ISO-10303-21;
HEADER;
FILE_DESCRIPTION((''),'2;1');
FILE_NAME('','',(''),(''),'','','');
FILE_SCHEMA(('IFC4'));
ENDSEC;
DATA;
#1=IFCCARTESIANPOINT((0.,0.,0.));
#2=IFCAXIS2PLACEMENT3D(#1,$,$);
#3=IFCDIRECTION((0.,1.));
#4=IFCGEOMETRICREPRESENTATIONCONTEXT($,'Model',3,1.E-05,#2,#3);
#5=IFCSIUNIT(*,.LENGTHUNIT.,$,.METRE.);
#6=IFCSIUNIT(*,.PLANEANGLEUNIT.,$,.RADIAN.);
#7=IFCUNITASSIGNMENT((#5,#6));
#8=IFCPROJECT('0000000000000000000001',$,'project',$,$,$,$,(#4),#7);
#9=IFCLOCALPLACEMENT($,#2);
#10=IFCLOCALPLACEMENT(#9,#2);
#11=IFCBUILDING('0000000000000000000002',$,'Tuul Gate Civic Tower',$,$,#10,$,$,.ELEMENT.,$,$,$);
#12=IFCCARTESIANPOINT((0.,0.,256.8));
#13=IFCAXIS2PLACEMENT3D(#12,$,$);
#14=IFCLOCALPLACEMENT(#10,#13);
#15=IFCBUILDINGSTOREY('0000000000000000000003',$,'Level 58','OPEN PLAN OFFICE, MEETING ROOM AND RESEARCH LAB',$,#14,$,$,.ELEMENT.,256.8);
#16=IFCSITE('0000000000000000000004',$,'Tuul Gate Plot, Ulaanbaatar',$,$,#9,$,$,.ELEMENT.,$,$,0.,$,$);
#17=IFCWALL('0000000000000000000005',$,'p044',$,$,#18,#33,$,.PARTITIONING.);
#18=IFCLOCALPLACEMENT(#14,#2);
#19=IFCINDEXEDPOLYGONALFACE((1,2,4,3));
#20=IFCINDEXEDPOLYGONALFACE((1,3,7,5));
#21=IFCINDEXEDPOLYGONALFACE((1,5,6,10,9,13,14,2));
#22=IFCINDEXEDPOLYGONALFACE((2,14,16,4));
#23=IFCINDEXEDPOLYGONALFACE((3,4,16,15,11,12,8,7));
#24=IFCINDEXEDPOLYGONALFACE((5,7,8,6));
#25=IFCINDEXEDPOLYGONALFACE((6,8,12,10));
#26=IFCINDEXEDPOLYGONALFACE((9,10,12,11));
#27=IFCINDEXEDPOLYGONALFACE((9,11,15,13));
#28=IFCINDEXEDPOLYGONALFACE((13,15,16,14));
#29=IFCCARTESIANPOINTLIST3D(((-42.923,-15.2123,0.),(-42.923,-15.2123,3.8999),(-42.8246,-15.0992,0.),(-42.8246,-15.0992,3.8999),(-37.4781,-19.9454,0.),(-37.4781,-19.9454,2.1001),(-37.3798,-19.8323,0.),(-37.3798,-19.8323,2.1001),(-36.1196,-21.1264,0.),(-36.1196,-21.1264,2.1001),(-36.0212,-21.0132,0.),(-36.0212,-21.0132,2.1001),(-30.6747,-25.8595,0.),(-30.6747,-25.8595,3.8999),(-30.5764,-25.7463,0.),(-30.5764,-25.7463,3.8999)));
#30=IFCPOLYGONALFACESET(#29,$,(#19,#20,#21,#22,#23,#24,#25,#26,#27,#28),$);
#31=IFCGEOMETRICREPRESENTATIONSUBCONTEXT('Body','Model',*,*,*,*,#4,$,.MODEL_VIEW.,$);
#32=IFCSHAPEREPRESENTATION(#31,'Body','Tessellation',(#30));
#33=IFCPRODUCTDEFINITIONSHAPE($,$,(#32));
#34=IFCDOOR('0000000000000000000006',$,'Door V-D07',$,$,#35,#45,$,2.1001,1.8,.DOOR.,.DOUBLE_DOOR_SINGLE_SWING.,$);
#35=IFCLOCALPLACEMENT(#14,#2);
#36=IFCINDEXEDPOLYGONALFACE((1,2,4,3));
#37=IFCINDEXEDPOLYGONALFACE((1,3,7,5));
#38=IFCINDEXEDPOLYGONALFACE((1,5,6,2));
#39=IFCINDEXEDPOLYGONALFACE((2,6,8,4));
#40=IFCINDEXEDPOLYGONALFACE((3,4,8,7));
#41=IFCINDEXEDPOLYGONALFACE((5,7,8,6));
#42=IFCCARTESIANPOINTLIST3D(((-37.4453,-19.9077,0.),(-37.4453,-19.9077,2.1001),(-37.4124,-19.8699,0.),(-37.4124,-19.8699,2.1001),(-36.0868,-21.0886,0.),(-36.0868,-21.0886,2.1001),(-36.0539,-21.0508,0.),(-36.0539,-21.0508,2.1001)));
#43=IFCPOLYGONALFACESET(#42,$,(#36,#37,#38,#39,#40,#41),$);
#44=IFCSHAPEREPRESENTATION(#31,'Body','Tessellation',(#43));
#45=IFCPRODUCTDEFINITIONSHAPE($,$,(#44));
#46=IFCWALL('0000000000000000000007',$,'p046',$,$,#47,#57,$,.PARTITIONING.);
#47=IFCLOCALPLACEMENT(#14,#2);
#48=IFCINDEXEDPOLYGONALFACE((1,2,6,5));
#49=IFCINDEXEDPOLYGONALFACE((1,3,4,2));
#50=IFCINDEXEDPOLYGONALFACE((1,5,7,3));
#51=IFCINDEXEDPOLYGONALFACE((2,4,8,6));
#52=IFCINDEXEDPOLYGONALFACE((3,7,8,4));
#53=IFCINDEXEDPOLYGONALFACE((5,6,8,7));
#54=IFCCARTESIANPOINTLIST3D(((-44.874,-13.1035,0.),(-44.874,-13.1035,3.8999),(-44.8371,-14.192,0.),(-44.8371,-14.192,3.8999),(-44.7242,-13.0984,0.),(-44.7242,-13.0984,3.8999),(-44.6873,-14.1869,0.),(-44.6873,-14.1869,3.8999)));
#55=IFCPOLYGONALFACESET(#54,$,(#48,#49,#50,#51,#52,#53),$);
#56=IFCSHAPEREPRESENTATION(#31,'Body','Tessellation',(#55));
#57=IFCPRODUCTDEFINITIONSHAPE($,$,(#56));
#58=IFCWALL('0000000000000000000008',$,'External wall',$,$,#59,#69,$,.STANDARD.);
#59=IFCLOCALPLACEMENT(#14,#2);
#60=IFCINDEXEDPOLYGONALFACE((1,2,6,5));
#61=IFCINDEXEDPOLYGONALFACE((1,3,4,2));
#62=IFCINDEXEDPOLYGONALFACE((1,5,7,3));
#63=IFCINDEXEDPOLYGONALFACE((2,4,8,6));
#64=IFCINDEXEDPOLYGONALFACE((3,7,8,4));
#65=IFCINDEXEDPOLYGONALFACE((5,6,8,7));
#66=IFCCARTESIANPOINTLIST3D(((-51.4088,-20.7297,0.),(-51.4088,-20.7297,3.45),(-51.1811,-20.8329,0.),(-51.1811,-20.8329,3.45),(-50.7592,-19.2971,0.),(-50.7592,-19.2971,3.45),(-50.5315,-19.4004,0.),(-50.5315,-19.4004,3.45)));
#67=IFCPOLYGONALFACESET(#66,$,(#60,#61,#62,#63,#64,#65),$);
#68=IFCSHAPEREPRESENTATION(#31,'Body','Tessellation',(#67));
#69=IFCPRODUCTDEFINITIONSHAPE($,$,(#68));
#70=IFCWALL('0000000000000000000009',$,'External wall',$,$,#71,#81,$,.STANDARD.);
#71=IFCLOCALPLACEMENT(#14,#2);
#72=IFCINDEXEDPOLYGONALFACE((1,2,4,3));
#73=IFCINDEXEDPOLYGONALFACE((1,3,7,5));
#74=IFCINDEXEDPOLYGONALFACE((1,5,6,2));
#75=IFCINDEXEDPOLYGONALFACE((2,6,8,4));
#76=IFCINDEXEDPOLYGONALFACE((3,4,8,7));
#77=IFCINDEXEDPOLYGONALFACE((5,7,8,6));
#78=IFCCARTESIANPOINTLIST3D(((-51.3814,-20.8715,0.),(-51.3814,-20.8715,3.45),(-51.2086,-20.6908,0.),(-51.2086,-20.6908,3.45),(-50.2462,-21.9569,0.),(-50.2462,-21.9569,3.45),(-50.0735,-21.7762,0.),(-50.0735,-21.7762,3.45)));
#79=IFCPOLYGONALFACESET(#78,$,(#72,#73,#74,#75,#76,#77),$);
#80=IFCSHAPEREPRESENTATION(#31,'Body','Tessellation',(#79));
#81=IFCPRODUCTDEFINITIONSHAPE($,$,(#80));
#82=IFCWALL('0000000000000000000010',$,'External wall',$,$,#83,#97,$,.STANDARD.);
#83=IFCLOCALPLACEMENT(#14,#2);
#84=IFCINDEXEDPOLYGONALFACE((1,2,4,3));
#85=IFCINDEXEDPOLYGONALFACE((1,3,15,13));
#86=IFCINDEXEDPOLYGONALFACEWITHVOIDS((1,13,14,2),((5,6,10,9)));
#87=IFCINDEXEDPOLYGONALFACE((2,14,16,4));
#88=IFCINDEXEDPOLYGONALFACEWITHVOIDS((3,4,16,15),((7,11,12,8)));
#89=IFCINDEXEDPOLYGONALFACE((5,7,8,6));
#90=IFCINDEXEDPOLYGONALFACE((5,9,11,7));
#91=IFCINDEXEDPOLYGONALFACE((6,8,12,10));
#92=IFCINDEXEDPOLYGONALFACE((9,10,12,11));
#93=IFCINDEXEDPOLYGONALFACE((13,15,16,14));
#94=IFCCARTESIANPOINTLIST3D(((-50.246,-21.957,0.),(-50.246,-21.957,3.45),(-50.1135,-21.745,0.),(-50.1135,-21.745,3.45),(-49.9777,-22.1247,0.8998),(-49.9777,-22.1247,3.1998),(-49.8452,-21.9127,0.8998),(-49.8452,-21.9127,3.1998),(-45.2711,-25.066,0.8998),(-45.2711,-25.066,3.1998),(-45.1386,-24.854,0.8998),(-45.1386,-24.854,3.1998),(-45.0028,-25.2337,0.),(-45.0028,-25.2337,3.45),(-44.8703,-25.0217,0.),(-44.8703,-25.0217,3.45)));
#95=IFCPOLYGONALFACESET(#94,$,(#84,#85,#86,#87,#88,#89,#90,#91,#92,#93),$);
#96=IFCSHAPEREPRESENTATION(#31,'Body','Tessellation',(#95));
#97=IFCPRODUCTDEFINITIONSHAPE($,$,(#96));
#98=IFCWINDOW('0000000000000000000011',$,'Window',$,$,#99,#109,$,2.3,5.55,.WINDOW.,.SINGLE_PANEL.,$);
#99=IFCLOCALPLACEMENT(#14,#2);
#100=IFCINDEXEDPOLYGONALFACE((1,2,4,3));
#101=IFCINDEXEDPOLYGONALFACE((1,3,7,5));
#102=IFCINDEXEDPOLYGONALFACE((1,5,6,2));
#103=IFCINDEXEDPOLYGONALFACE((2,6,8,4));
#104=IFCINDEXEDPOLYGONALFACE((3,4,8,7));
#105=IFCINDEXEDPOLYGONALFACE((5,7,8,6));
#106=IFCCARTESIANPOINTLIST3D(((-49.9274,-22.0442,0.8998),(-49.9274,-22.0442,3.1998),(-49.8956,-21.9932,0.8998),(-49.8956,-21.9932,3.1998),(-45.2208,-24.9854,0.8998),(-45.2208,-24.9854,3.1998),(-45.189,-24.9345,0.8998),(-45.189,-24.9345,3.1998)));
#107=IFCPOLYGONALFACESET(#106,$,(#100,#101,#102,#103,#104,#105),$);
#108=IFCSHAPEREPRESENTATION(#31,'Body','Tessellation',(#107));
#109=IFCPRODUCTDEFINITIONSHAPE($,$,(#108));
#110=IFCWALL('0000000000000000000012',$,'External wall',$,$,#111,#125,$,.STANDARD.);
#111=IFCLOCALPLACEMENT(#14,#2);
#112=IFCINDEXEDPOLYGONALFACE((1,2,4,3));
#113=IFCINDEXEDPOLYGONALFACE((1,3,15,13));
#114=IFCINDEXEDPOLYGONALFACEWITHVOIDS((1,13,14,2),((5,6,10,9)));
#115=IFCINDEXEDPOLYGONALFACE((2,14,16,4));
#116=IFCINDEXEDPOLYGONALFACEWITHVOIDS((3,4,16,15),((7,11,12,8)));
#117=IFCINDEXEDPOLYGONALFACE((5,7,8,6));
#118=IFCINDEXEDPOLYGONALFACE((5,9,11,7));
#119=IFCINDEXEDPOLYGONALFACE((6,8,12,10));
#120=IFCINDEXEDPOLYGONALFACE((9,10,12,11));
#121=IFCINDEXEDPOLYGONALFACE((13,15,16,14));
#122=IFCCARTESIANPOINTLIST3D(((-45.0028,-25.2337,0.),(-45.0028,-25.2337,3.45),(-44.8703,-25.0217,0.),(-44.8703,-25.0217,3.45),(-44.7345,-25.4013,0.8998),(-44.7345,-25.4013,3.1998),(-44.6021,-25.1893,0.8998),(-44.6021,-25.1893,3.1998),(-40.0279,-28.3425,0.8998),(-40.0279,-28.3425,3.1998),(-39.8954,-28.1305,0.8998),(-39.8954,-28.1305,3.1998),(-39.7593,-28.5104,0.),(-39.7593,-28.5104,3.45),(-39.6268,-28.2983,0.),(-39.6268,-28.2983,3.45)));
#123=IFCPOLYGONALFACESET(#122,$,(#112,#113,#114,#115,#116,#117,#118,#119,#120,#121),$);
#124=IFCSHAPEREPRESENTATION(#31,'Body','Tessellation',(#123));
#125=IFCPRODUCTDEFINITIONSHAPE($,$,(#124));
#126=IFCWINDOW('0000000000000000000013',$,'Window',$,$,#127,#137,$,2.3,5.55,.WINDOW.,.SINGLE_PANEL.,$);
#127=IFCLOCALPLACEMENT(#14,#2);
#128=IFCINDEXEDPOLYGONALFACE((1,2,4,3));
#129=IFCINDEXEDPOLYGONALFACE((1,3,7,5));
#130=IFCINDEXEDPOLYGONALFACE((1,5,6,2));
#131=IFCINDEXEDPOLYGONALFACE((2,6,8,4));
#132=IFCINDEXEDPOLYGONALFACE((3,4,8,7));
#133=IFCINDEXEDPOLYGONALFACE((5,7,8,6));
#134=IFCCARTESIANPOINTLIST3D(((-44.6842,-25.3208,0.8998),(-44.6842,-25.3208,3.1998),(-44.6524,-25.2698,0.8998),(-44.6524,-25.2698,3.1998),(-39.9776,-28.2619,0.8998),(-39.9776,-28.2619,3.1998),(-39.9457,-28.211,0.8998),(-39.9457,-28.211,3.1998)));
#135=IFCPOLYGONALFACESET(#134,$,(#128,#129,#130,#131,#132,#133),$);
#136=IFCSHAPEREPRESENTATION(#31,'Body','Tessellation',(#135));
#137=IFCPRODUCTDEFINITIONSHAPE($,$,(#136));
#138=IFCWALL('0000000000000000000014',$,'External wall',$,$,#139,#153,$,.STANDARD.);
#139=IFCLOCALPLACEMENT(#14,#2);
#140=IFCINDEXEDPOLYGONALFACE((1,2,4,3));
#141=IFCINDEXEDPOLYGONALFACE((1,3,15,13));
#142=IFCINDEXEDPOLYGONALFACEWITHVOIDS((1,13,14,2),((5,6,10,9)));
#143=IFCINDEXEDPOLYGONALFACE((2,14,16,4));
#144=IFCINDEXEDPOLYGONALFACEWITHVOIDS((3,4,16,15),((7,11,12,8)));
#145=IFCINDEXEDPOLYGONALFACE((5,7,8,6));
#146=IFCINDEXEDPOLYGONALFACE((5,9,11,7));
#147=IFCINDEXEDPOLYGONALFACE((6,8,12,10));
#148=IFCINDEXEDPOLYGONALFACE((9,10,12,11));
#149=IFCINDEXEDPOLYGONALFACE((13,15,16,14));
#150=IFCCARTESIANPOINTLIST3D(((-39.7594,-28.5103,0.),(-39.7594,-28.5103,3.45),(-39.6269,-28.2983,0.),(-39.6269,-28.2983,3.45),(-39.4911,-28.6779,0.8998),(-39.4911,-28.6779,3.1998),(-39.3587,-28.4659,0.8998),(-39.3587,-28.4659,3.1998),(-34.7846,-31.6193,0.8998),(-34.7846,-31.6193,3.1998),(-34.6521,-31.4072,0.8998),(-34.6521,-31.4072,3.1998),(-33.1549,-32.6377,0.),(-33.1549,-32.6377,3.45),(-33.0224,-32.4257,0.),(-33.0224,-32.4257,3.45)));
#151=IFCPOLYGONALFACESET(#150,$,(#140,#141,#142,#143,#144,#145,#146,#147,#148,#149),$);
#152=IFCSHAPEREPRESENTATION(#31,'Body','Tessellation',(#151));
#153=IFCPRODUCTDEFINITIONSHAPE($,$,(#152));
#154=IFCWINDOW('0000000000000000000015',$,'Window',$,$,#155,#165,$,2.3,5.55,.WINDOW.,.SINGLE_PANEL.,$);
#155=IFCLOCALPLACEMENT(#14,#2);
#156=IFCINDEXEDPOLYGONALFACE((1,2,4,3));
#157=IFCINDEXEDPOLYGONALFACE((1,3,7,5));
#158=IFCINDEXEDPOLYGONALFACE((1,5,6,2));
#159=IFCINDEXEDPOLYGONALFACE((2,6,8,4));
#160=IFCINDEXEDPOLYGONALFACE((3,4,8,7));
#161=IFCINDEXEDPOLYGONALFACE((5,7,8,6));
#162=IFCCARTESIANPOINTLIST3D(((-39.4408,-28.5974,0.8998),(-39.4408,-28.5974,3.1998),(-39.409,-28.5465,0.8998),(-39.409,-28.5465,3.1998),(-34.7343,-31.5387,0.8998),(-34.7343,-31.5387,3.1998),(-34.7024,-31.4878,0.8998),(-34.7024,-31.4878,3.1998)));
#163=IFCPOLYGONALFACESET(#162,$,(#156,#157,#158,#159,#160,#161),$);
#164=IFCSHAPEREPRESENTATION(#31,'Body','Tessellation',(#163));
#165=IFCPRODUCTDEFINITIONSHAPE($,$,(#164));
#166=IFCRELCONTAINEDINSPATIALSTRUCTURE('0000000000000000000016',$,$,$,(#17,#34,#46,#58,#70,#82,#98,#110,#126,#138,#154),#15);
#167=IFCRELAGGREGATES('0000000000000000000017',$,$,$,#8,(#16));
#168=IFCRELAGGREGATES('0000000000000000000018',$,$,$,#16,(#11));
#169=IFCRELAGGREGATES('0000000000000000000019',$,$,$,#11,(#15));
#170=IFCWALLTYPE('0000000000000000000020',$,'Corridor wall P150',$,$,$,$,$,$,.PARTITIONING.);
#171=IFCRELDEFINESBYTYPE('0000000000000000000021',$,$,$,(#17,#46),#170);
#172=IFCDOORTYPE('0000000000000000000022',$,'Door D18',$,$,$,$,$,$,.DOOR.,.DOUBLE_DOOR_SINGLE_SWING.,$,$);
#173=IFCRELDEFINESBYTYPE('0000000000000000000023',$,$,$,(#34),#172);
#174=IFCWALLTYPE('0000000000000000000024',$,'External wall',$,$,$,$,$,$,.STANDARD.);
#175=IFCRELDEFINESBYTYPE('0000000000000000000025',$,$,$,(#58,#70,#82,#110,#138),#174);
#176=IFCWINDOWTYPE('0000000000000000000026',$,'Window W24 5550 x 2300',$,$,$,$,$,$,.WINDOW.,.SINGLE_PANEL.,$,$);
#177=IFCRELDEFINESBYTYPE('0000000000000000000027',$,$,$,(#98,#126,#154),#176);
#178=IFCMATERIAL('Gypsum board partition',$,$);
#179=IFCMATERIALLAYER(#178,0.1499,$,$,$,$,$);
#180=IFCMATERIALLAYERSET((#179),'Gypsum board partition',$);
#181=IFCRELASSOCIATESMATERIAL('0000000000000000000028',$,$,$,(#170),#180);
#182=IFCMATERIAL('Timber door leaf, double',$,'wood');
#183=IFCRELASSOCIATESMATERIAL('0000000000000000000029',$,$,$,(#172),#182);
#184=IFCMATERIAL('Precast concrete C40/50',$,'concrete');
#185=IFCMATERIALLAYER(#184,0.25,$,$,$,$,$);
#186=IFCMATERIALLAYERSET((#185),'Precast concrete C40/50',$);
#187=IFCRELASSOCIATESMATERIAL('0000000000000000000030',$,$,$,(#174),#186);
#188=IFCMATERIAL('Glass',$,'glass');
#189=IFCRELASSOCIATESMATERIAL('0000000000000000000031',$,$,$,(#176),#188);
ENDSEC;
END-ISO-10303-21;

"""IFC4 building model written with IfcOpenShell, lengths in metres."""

from ifc_helpers import new_model, si_unit, direction, frame, frame_2d, origin, place, context, subcontext, project, spatial, rectangle, extrude, material, layer, layer_set, type_object, element, fill, save


model = new_model("IFC4")

# Units and contexts
model_context = context("Model", 3, precision=1e-05, world=origin(), true_north=direction((0.0, 1.0)))
body_context = subcontext(model_context, "Body", "Model", "MODEL_VIEW")
ifc_project = project(units=[si_unit("LENGTHUNIT", "METRE"), si_unit("PLANEANGLEUNIT", "RADIAN")], contexts=[model_context])

# Site, building, storey
site_placement = place(None, origin())
site = spatial("IfcSite", under=ifc_project, at=site_placement, Name="Tuul Gate Plot, Ulaanbaatar", CompositionType="ELEMENT", RefElevation=0.0)
building_placement = place(site_placement, origin())
building = spatial("IfcBuilding", under=site, at=building_placement, Name="Tuul Gate Civic Tower", CompositionType="ELEMENT")
storey_placement = place(building_placement, frame((0.0, 0.0, 256.8)))
storey = spatial("IfcBuildingStorey", under=building, at=storey_placement, Name="Level 58", Description="OPEN PLAN OFFICE, MEETING ROOM AND RESEARCH LAB", CompositionType="ELEMENT", Elevation=256.8)

# Shared definitions
ifc_material_1 = material(Name="Gypsum board partition")
ifc_layer_1 = layer(ifc_material_1, 0.1499)
ifc_layer_set_1 = layer_set([ifc_layer_1], Name="Gypsum board partition")
wall_type_1 = type_object("IfcWallType", Name="Corridor wall P150", PredefinedType="PARTITIONING", material=ifc_layer_set_1)

# Wall, opening, door
wall_1_placement = place(storey_placement, frame((-42.8738, -15.1558, 0.0), z_axis=(0.0, 0.0, 1.0), x_axis=(0.754711, -0.656057, 0.0)))
wall_1 = element("IfcWall", 1, at=wall_1_placement, inside=storey, type_object=wall_type_1, Name="p044", PredefinedType="PARTITIONING", context=body_context, shape_type="SweptSolid", body=[
    extrude(rectangle(XDim=16.229, YDim=0.1499, at=frame_2d((8.1145, 0.0))), origin(), (0.0, 0.0, 1.0), 3.8999),
])
opening_1_placement = place(wall_1_placement, frame((7.2146, 0.0, 0.0)))
opening_1 = element("IfcOpeningElement", 2, at=opening_1_placement, cuts=wall_1, PredefinedType="OPENING", context=body_context, shape_type="SweptSolid", body=[
    extrude(rectangle(XDim=1.8, YDim=2.1001, at=frame_2d((0.8999, 1.05))), frame((0.0, 0.085, 0.0), z_axis=(0.0, -1.0, 0.0), x_axis=(1.0, 0.0, 0.0)), (0.0, 0.0, 1.0), 0.1699),
])
ifc_material_2 = material(Name="Timber door leaf, double", Category="wood")
door_type = type_object("IfcDoorType", Name="Door D18", OperationType="DOUBLE_DOOR_SINGLE_SWING", PredefinedType="DOOR", material=ifc_material_2)
door_placement = place(opening_1_placement, frame((1.8, 0.0, 0.0), z_axis=(0.0, 0.0, 1.0), x_axis=(-1.0, 0.0, 0.0)))
door = element("IfcDoor", 3, at=door_placement, inside=storey, type_object=door_type, Name="Door V-D07", OperationType="DOUBLE_DOOR_SINGLE_SWING", OverallHeight=2.1001, OverallWidth=1.8, PredefinedType="DOOR", context=body_context, shape_type="SweptSolid", body=[
    extrude(rectangle(XDim=1.8, YDim=2.1001, at=frame_2d((0.9001, 1.05))), frame((0.0, 0.0249, 0.0), z_axis=(0.0, -1.0, 0.0), x_axis=(1.0, 0.0, 0.0)), (0.0, 0.0, 1.0), 0.05),
])
fill(opening_1, door)

# Walls
wall_2_placement = place(storey_placement, frame((-44.7991, -13.1011, 0.0), z_axis=(0.0, 0.0, 1.0), x_axis=(0.033852, -0.999427, 0.0)))
element("IfcWall", 4, at=wall_2_placement, inside=storey, type_object=wall_type_1, Name="p046", PredefinedType="PARTITIONING", context=body_context, shape_type="SweptSolid", body=[
    extrude(rectangle(XDim=1.0891, YDim=0.1499, at=frame_2d((0.5444, 0.0))), origin(), (0.0, 0.0, 1.0), 3.8999),
])
ifc_material_3 = material(Name="Precast concrete C40/50", Category="concrete")
ifc_layer_2 = layer(ifc_material_3, 0.25)
ifc_layer_set_2 = layer_set([ifc_layer_2], Name="Precast concrete C40/50")
wall_type_2 = type_object("IfcWallType", Name="External wall", PredefinedType="STANDARD", material=ifc_layer_set_2)
wall_3_placement = place(storey_placement, frame((-50.6453, -19.3486, 0.0), z_axis=(0.0, 0.0, 1.0), x_axis=(-0.412996, -0.910733, 0.0)))
element("IfcWall", 5, at=wall_3_placement, inside=storey, type_object=wall_type_2, Name="External wall", PredefinedType="STANDARD", context=body_context, shape_type="SweptSolid", body=[
    extrude(rectangle(XDim=1.573, YDim=0.25, at=frame_2d((0.7866, 0.0))), origin(), (0.0, 0.0, 1.0), 3.45),
])
wall_4_placement = place(storey_placement, frame((-51.2949, -20.7812, 0.0), z_axis=(0.0, 0.0, 1.0), x_axis=(0.722784, -0.691074, 0.0)))
element("IfcWall", 6, at=wall_4_placement, inside=storey, type_object=wall_type_2, Name="External wall", PredefinedType="STANDARD", context=body_context, shape_type="SweptSolid", body=[
    extrude(rectangle(XDim=1.5706, YDim=0.25, at=frame_2d((0.7852, 0.0))), origin(), (0.0, 0.0, 1.0), 3.45),
])

# Walls, openings, windows
wall_5_placement = place(storey_placement, frame((-50.1797, -21.8511, 0.0), z_axis=(0.0, 0.0, 1.0), x_axis=(0.848025, -0.529956, 0.0)))
wall_5 = element("IfcWall", 7, at=wall_5_placement, inside=storey, type_object=wall_type_2, Name="External wall", PredefinedType="STANDARD", context=body_context, shape_type="SweptSolid", body=[
    extrude(rectangle(XDim=6.1829, YDim=0.25, at=frame_2d((3.0913, 0.0))), origin(), (0.0, 0.0, 1.0), 3.45),
])
opening_2_placement = place(wall_5_placement, frame((0.3164, 0.0, 0.8999)))
opening_2 = element("IfcOpeningElement", 8, at=opening_2_placement, cuts=wall_5, PredefinedType="OPENING", context=body_context, shape_type="SweptSolid", body=[
    extrude(rectangle(XDim=5.55, YDim=2.3, at=frame_2d((2.7749, 1.1499))), frame((0.0, 0.135, 0.0), z_axis=(0.0, -1.0, 0.0), x_axis=(1.0, 0.0, 0.0)), (0.0, 0.0, 1.0), 0.27),
])
ifc_material_4 = material(Name="Glass", Category="glass")
window_type = type_object("IfcWindowType", Name="Window W24 5550 x 2300", PartitioningType="SINGLE_PANEL", PredefinedType="WINDOW", material=ifc_material_4)
window_1_placement = place(opening_2_placement, origin())
window_1 = element("IfcWindow", 9, at=window_1_placement, inside=storey, type_object=window_type, Name="Window", OverallHeight=2.3, OverallWidth=5.55, PartitioningType="SINGLE_PANEL", PredefinedType="WINDOW", context=body_context, shape_type="SweptSolid", body=[
    extrude(rectangle(XDim=5.55, YDim=2.3, at=frame_2d((2.7749, 1.1499))), frame((0.0, 0.03, 0.0), z_axis=(0.0, -1.0, 0.0), x_axis=(1.0, 0.0, 0.0)), (0.0, 0.0, 1.0), 0.0601),
])
fill(opening_2, window_1)
wall_6_placement = place(storey_placement, frame((-44.9365, -25.1277, 0.0), z_axis=(0.0, 0.0, 1.0), x_axis=(0.848036, -0.529939, 0.0)))
wall_6 = element("IfcWall", 10, at=wall_6_placement, inside=storey, type_object=wall_type_2, Name="External wall", PredefinedType="STANDARD", context=body_context, shape_type="SweptSolid", body=[
    extrude(rectangle(XDim=6.1831, YDim=0.25, at=frame_2d((3.0916, 0.0))), origin(), (0.0, 0.0, 1.0), 3.45),
])
opening_3_placement = place(wall_6_placement, frame((0.3164, 0.0, 0.8999)))
opening_3 = element("IfcOpeningElement", 11, at=opening_3_placement, cuts=wall_6, PredefinedType="OPENING", context=body_context, shape_type="SweptSolid", body=[
    extrude(rectangle(XDim=5.55, YDim=2.3, at=frame_2d((2.7749, 1.1499))), frame((0.0, 0.135, 0.0), z_axis=(0.0, -1.0, 0.0), x_axis=(1.0, 0.0, 0.0)), (0.0, 0.0, 1.0), 0.27),
])
window_2_placement = place(opening_3_placement, origin())
window_2 = element("IfcWindow", 12, at=window_2_placement, inside=storey, type_object=window_type, Name="Window", OverallHeight=2.3, OverallWidth=5.55, PartitioningType="SINGLE_PANEL", PredefinedType="WINDOW", context=body_context, shape_type="SweptSolid", body=[
    extrude(rectangle(XDim=5.55, YDim=2.3, at=frame_2d((2.7749, 1.1499))), frame((0.0, 0.03, 0.0), z_axis=(0.0, -1.0, 0.0), x_axis=(1.0, 0.0, 0.0)), (0.0, 0.0, 1.0), 0.0601),
])
fill(opening_3, window_2)
wall_7_placement = place(storey_placement, frame((-39.6931, -28.4043, 0.0), z_axis=(0.0, 0.0, 1.0), x_axis=(0.848019, -0.529965, 0.0)))
wall_7 = element("IfcWall", 13, at=wall_7_placement, inside=storey, type_object=wall_type_2, Name="External wall", PredefinedType="STANDARD", context=body_context, shape_type="SweptSolid", body=[
    extrude(rectangle(XDim=7.7881, YDim=0.25, at=frame_2d((3.894, 0.0))), origin(), (0.0, 0.0, 1.0), 3.45),
])
opening_4_placement = place(wall_7_placement, frame((0.3164, 0.0, 0.8999)))
opening_4 = element("IfcOpeningElement", 14, at=opening_4_placement, cuts=wall_7, PredefinedType="OPENING", context=body_context, shape_type="SweptSolid", body=[
    extrude(rectangle(XDim=5.55, YDim=2.3, at=frame_2d((2.7749, 1.1499))), frame((0.0, 0.135, 0.0), z_axis=(0.0, -1.0, 0.0), x_axis=(1.0, 0.0, 0.0)), (0.0, 0.0, 1.0), 0.27),
])
window_3_placement = place(opening_4_placement, origin())
window_3 = element("IfcWindow", 15, at=window_3_placement, inside=storey, type_object=window_type, Name="Window", OverallHeight=2.3, OverallWidth=5.55, PartitioningType="SINGLE_PANEL", PredefinedType="WINDOW", context=body_context, shape_type="SweptSolid", body=[
    extrude(rectangle(XDim=5.55, YDim=2.3, at=frame_2d((2.7749, 1.1499))), frame((0.0, 0.03, 0.0), z_axis=(0.0, -1.0, 0.0), x_axis=(1.0, 0.0, 0.0)), (0.0, 0.0, 1.0), 0.0601),
])
fill(opening_4, window_3)

save(model, "model.ifc")
